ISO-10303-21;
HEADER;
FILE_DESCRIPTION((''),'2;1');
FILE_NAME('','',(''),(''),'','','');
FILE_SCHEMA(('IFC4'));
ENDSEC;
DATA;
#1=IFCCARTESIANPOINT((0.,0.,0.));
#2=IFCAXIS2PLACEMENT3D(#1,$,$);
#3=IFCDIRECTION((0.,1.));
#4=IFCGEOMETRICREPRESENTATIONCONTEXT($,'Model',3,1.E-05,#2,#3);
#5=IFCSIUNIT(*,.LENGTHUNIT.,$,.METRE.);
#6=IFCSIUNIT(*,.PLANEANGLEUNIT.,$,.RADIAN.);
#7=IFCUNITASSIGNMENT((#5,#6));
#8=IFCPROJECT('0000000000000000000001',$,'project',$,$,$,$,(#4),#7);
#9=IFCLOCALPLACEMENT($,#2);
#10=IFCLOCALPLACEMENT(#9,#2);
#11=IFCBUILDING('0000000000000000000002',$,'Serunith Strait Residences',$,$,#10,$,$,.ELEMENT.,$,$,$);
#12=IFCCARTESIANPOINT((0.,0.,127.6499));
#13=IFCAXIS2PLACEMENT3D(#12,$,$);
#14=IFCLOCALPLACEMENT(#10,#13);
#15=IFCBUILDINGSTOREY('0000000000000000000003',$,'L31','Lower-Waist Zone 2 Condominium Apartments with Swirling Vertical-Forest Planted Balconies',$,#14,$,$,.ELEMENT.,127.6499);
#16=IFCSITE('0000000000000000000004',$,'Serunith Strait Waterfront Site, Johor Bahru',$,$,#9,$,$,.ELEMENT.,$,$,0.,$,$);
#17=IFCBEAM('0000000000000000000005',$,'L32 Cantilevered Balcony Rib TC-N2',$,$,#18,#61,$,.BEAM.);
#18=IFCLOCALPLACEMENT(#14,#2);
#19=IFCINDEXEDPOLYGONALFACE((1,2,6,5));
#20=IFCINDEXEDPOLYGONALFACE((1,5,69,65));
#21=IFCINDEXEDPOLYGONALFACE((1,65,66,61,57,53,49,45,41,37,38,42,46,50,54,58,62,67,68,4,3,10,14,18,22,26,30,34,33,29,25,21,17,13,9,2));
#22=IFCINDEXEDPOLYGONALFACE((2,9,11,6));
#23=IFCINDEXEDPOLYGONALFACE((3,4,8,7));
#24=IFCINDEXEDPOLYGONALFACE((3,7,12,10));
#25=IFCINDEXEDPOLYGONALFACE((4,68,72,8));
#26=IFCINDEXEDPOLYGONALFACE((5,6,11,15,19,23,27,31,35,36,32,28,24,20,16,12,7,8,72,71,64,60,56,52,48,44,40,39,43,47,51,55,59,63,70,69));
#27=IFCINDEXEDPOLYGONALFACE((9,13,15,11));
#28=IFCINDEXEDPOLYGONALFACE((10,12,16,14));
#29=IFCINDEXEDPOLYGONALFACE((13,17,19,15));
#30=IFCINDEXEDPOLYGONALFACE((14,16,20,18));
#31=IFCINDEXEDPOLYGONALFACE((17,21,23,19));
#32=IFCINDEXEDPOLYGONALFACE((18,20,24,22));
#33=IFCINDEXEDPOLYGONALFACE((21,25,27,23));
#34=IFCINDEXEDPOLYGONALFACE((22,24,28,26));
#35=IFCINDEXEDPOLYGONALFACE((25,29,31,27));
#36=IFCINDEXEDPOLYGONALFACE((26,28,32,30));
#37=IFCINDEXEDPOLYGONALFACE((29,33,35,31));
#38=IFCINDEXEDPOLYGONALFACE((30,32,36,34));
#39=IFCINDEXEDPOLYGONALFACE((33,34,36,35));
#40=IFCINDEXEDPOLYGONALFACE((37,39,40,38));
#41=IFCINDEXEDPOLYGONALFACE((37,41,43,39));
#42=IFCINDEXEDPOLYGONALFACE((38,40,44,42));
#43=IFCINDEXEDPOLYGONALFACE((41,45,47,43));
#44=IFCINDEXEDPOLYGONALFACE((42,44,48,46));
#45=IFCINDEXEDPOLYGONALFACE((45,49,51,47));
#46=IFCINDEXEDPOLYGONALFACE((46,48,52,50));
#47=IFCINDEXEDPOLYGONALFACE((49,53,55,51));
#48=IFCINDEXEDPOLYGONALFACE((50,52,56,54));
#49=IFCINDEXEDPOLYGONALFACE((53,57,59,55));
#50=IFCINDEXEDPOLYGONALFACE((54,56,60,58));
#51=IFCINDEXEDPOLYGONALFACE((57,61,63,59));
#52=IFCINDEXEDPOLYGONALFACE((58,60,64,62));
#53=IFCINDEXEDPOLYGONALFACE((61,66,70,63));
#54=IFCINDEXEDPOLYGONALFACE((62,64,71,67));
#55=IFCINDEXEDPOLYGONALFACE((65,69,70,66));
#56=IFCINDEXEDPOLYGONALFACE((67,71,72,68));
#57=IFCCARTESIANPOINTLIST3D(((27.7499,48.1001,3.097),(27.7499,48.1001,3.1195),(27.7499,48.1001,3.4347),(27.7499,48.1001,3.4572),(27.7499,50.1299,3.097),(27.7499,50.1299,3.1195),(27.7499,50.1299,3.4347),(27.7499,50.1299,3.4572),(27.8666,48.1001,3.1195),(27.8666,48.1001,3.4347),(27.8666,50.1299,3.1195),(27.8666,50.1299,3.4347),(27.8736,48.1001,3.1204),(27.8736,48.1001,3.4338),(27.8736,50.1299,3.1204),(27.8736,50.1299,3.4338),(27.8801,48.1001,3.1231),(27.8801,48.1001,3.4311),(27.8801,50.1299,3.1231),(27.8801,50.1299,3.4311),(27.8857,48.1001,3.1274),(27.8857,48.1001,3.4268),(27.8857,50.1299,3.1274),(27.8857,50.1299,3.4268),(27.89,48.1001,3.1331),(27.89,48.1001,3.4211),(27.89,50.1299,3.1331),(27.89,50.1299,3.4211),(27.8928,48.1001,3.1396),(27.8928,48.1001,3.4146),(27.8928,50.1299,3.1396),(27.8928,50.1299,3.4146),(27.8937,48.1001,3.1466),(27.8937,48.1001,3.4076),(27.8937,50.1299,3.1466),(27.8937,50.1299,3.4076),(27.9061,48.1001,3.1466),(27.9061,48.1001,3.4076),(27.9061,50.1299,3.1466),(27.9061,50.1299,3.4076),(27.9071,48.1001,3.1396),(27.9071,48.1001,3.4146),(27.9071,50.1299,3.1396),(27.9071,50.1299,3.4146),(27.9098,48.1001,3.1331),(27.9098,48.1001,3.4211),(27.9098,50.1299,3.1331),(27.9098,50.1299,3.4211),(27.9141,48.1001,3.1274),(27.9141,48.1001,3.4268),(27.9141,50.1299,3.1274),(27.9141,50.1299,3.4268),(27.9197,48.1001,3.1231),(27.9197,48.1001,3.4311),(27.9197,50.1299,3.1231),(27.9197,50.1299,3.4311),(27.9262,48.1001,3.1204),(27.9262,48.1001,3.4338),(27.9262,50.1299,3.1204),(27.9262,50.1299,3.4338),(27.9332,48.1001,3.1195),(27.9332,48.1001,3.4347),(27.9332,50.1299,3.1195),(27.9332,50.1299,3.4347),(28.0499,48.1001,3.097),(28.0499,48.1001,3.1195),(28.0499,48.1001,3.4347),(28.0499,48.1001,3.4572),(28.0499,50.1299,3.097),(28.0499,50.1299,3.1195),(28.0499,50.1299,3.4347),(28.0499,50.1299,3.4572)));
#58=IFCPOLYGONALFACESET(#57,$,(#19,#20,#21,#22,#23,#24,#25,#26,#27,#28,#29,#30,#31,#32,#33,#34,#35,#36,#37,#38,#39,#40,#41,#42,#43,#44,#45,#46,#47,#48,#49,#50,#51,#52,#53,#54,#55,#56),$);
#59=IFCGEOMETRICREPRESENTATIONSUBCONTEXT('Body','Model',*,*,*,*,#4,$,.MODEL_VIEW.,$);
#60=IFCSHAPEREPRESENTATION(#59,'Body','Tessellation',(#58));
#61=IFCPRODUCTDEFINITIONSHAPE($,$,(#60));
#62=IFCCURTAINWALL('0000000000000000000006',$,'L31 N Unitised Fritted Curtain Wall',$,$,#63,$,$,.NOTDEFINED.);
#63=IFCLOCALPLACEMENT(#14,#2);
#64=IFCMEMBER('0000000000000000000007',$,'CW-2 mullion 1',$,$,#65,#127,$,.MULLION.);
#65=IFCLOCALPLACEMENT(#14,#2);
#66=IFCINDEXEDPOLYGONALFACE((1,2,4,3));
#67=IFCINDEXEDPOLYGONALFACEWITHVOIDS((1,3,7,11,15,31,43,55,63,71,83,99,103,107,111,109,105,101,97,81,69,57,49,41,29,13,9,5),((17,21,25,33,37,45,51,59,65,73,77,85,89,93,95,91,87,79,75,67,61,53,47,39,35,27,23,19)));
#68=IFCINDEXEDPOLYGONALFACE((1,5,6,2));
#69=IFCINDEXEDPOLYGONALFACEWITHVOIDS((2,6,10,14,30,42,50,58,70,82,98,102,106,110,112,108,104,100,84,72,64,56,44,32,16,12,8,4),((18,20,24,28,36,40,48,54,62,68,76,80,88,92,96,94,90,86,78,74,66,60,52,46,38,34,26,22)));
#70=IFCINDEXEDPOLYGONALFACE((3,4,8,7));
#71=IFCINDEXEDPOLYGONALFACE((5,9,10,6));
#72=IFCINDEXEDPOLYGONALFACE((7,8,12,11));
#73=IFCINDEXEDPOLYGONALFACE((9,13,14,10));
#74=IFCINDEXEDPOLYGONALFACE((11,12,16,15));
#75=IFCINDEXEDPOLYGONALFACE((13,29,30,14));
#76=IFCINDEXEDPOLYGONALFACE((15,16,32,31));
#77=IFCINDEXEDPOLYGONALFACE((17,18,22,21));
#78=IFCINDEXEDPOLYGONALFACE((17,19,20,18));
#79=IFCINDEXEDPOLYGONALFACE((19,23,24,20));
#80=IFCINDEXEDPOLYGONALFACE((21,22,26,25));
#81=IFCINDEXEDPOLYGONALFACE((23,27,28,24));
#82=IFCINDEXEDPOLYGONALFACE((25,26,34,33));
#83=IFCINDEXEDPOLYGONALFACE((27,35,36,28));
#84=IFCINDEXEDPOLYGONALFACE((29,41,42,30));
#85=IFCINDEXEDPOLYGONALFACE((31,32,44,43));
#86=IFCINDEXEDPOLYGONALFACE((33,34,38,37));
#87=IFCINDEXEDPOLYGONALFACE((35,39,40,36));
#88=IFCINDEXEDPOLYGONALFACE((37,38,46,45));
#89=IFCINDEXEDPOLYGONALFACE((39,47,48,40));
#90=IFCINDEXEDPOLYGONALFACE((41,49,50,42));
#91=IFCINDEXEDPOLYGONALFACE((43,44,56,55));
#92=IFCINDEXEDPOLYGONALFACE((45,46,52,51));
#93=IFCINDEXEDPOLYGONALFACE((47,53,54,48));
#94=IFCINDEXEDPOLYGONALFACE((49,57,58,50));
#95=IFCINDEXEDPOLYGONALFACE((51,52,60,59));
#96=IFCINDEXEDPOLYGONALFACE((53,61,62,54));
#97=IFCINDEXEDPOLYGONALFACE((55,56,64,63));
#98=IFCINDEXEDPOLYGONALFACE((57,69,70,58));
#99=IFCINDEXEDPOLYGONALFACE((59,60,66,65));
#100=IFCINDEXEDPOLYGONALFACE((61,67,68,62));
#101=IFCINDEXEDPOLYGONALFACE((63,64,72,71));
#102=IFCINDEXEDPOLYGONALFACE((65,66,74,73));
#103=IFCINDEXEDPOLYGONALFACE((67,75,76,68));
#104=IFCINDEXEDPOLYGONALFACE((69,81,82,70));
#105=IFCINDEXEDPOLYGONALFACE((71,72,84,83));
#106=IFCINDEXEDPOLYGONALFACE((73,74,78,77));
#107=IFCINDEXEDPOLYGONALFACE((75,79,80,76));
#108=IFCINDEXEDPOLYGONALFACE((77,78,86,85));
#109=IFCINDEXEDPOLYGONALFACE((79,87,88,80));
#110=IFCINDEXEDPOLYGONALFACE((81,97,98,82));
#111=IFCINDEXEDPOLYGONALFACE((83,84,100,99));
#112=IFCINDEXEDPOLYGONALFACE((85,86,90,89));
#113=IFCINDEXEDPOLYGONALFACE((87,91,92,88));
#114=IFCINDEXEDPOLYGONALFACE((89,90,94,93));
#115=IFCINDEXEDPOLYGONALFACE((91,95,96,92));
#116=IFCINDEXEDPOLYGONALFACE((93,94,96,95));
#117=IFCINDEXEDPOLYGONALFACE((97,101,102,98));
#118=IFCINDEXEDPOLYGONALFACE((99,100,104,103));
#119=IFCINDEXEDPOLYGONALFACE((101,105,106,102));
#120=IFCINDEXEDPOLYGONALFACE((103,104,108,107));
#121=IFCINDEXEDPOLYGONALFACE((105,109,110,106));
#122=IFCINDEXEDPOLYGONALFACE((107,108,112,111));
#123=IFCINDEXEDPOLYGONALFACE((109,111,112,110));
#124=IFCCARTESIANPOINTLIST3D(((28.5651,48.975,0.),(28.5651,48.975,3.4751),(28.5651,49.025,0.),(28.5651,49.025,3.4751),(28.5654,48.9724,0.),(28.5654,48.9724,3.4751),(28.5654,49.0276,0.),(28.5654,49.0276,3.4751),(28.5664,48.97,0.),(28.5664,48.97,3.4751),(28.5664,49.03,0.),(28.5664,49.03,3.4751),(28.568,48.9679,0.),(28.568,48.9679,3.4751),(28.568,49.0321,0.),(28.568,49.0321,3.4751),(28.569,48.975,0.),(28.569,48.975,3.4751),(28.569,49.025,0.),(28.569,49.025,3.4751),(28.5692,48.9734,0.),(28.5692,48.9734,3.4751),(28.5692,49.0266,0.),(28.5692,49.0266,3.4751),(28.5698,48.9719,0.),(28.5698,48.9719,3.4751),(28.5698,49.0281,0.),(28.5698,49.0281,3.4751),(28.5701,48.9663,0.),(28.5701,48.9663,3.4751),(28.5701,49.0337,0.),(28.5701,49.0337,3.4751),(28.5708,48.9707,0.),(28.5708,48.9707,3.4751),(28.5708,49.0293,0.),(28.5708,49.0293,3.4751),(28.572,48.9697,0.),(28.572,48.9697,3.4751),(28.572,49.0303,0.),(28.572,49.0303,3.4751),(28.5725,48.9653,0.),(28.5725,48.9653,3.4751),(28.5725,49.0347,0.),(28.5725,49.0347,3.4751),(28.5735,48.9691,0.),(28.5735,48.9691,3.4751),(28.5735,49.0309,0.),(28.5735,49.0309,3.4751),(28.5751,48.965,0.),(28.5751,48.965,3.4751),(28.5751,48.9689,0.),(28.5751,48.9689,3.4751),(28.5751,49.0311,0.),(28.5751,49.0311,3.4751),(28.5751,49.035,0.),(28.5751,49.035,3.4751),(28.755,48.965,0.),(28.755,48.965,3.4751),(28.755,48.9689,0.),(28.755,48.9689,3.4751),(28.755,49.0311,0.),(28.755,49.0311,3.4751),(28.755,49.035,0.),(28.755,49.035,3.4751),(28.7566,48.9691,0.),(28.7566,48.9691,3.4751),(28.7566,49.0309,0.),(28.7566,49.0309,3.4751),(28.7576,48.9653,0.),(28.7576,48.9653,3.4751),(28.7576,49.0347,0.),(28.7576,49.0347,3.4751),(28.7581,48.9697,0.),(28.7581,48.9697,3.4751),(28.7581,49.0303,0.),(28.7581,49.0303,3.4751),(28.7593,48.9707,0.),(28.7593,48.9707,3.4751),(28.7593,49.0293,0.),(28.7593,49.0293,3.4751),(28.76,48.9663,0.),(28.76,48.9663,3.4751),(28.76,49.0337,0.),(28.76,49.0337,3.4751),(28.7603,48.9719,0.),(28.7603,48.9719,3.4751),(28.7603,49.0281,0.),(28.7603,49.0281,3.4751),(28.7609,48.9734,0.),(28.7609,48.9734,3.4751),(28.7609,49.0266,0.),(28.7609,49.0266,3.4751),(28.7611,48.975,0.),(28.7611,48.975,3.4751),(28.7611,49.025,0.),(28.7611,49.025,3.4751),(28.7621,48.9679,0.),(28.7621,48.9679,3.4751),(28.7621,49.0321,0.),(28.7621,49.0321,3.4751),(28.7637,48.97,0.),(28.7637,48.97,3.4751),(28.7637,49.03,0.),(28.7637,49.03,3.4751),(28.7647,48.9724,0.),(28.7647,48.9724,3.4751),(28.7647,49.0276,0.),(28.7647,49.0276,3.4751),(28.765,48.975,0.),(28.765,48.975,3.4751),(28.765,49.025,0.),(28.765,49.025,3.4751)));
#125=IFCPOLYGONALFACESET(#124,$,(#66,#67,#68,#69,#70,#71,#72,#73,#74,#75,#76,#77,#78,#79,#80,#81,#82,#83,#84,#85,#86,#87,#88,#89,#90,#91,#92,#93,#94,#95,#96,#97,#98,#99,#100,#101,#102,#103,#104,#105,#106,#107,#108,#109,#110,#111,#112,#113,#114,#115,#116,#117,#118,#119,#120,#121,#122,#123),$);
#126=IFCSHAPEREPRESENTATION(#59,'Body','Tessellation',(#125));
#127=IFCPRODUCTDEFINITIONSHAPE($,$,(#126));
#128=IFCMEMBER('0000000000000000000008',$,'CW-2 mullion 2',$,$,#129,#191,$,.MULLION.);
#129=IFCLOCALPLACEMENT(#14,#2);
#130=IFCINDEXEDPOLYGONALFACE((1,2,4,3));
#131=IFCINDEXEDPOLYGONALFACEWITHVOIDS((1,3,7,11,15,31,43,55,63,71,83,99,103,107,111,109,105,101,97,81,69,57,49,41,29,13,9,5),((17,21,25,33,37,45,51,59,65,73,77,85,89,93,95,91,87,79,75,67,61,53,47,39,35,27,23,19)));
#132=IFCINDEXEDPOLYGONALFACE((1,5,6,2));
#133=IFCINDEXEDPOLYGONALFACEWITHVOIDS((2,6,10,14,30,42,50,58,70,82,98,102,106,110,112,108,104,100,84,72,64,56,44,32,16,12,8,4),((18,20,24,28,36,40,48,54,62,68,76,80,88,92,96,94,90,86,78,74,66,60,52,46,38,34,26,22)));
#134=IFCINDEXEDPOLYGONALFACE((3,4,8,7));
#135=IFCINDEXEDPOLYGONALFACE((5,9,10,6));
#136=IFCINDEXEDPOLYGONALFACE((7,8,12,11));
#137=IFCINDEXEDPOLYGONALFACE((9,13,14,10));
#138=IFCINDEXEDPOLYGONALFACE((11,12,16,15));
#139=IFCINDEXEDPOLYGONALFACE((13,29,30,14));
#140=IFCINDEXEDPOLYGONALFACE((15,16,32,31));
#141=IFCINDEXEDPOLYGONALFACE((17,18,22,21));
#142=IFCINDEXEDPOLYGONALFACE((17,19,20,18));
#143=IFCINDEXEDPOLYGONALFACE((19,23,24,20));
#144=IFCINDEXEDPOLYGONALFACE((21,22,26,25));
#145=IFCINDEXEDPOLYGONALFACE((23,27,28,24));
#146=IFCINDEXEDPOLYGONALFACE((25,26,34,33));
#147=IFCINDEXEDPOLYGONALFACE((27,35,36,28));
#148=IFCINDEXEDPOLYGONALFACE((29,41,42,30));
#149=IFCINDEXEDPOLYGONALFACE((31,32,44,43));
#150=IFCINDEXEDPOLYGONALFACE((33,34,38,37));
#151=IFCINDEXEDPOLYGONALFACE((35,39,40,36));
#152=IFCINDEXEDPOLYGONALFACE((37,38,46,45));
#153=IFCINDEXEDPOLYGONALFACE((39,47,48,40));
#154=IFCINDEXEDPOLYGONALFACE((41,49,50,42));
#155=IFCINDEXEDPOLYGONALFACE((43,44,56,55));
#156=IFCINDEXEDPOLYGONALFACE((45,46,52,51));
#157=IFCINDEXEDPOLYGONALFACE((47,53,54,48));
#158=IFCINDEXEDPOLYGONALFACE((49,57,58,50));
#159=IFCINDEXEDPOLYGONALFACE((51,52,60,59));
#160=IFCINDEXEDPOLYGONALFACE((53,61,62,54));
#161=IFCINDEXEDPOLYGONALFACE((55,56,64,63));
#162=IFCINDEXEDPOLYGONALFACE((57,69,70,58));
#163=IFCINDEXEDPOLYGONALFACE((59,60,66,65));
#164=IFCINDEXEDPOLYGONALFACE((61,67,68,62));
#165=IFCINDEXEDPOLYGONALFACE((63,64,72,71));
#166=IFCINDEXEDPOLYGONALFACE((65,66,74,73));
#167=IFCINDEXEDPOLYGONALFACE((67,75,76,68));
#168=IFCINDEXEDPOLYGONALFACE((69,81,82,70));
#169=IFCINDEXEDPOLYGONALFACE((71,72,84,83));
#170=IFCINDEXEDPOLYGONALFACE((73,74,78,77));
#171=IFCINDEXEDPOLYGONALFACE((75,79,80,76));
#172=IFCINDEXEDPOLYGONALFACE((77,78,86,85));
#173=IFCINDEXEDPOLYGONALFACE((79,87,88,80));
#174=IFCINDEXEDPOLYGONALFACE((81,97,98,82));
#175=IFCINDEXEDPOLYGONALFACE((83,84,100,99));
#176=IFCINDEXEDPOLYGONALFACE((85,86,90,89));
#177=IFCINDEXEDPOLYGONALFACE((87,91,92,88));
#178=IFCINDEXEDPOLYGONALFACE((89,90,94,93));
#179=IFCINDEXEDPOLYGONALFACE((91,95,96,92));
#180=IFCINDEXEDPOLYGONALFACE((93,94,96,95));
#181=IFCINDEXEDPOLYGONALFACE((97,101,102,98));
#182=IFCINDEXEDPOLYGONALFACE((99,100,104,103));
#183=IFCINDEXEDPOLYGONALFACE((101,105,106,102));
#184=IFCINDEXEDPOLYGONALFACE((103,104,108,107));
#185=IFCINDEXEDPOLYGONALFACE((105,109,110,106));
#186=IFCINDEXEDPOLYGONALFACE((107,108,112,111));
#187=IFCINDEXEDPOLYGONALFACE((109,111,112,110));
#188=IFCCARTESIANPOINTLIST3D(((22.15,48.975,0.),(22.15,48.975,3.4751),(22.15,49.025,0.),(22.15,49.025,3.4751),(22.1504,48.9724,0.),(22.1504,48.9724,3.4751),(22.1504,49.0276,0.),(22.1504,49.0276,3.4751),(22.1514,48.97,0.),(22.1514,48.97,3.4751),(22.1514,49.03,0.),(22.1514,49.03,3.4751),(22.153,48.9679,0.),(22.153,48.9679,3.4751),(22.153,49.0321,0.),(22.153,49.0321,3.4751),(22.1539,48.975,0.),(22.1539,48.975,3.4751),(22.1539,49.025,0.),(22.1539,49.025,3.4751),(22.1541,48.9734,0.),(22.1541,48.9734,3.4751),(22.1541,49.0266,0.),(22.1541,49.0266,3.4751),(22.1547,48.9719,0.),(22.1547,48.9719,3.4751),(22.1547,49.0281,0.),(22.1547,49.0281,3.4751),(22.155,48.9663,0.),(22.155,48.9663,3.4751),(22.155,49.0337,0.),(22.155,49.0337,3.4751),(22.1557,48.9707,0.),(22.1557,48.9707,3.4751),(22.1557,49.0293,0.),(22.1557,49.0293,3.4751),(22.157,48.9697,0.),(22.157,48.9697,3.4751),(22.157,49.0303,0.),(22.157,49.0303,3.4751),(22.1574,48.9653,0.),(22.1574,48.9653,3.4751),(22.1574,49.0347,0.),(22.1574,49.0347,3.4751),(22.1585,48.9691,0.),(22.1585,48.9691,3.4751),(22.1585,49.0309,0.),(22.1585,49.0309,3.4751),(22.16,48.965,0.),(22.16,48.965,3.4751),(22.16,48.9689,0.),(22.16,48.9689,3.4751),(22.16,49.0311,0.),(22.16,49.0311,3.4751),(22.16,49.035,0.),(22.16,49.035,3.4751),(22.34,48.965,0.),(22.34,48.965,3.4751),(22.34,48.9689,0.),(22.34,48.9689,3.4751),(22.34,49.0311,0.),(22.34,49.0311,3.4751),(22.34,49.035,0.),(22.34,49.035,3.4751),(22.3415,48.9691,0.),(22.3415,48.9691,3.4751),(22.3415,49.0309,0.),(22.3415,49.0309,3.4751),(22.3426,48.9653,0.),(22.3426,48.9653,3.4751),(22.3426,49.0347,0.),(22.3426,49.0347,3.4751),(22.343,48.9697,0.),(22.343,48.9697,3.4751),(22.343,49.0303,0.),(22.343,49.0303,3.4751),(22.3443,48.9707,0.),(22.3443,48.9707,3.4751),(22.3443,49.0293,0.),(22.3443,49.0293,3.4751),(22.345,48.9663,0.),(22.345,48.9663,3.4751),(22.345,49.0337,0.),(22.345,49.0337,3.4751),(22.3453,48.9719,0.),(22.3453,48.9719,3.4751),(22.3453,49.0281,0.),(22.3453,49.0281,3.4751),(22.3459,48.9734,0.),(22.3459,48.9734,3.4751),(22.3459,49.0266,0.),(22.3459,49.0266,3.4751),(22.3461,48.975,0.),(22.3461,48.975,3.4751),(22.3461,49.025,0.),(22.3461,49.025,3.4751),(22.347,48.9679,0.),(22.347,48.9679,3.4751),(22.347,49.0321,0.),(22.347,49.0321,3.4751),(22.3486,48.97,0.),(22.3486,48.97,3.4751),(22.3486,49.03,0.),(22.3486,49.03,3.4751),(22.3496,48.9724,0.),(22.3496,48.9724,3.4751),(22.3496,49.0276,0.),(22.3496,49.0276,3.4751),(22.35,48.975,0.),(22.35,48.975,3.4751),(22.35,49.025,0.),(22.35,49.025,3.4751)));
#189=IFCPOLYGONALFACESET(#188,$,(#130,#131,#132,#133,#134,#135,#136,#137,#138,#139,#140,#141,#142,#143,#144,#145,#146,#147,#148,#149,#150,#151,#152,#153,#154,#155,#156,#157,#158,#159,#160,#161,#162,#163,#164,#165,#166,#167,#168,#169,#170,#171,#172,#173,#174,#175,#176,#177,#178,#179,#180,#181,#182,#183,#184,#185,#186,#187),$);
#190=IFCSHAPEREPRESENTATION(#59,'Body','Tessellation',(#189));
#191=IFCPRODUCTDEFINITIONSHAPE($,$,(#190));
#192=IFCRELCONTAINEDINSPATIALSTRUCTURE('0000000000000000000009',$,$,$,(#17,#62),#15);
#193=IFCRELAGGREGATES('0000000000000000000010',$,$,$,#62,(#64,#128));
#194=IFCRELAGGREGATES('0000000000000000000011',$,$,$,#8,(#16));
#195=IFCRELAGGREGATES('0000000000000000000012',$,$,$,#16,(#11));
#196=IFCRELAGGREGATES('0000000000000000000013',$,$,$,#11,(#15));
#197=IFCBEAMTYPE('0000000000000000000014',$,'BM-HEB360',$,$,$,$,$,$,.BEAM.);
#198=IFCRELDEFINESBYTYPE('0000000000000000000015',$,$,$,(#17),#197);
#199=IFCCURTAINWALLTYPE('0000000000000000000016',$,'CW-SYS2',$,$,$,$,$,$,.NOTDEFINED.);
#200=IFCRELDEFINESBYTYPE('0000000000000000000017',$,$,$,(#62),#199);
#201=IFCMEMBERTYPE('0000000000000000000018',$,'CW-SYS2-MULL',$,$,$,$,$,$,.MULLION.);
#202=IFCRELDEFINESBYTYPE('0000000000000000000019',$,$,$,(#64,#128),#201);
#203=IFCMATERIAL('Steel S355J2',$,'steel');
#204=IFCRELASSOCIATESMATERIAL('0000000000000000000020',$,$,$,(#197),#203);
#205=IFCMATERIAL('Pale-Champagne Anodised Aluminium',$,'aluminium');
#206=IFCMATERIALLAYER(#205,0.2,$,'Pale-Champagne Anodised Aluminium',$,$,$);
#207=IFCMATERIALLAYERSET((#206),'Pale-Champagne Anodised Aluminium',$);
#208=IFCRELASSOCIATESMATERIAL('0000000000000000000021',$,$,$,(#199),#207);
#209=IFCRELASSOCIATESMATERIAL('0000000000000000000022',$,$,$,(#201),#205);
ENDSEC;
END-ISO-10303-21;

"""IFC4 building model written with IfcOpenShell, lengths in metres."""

from ifc_helpers import new_model, si_unit, direction, frame, origin, origin_2d, place, context, subcontext, project, spatial, hollow_rectangle, i_section, extrude, source, transform, mapped, material, layer, layer_set, material_profile, profile_set, type_object, element, aggregate, save


model = new_model("IFC4")

# Units and contexts
model_context = context("Model", 3, precision=1e-05, world=origin(), true_north=direction((0.0, 1.0)))
body_context = subcontext(model_context, "Body", "Model", "MODEL_VIEW")
ifc_project = project(units=[si_unit("LENGTHUNIT", "METRE"), si_unit("PLANEANGLEUNIT", "RADIAN")], contexts=[model_context])

# Site, building, storey
site_placement = place(None, origin())
site = spatial("IfcSite", under=ifc_project, at=site_placement, Name="Serunith Strait Waterfront Site, Johor Bahru", CompositionType="ELEMENT", RefElevation=0.0)
building_placement = place(site_placement, origin())
building = spatial("IfcBuilding", under=site, at=building_placement, Name="Serunith Strait Residences", CompositionType="ELEMENT")
storey_placement = place(building_placement, frame((0.0, 0.0, 127.6499)))
storey = spatial("IfcBuildingStorey", under=building, at=storey_placement, Name="L31", Description="Lower-Waist Zone 2 Condominium Apartments with Swirling Vertical-Forest Planted Balconies", CompositionType="ELEMENT", Elevation=127.6499)

# Beam
ifc_material_1 = material(Name="Steel S355J2", Category="steel")
ifc_material_profile_1 = material_profile(ifc_material_1, i_section(OverallWidth=0.3, OverallDepth=0.3601, WebThickness=0.0125, FlangeThickness=0.0225, FilletRadius=0.0271, at=origin_2d()), Name="HEB 360")
ifc_profile_set_1 = profile_set([ifc_material_profile_1], Name="Steel S355J2")
beam_type_1 = type_object("IfcBeamType", Name="BM-HEB360", PredefinedType="BEAM", material=ifc_profile_set_1)
shared_shape_1 = source(origin(), body_context, "Body", "SweptSolid", [
    extrude(i_section(OverallWidth=0.3, OverallDepth=0.3601, WebThickness=0.0125, FlangeThickness=0.0225, FilletRadius=0.0271, at=origin_2d()), origin(), (0.0, 0.0, 1.0), 2.0298),
])
beam_1_placement = place(storey_placement, frame((27.8999, 48.1001, 3.2771), z_axis=(0.0, 1.0, 0.0), x_axis=(-1.0, 0.0, 0.0)))
element("IfcBeam", 1, at=beam_1_placement, inside=storey, type_object=beam_type_1, Name="L32 Cantilevered Balcony Rib TC-N2", PredefinedType="BEAM", context=body_context, shape_type="MappedRepresentation", body=[
    mapped(shared_shape_1, transform((0.0, 0.0, 0.0), scale=1.0)),
])

# Curtain wall, members
ifc_material_2 = material(Name="Pale-Champagne Anodised Aluminium", Category="aluminium")
ifc_layer_1 = layer(ifc_material_2, 0.2, Name="Pale-Champagne Anodised Aluminium")
ifc_layer_set_1 = layer_set([ifc_layer_1], Name="Pale-Champagne Anodised Aluminium")
curtain_wall_type = type_object("IfcCurtainWallType", Name="CW-SYS2", PredefinedType="NOTDEFINED", material=ifc_layer_set_1)
curtain_wall_placement = place(storey_placement, origin())
curtain_wall = element("IfcCurtainWall", 2, at=curtain_wall_placement, inside=storey, type_object=curtain_wall_type, Name="L31 N Unitised Fritted Curtain Wall", PredefinedType="NOTDEFINED")
ifc_material_profile_2 = material_profile(ifc_material_2, hollow_rectangle(XDim=0.0701, YDim=0.2, WallThickness=0.0039, InnerFilletRadius=0.0061, OuterFilletRadius=0.01, at=origin_2d()), Name="ALU 200x70x4")
ifc_profile_set_2 = profile_set([ifc_material_profile_2], Name="Pale-Champagne Anodised Aluminium")
member_type_1 = type_object("IfcMemberType", Name="CW-SYS2-MULL", PredefinedType="MULLION", material=ifc_profile_set_2)
shared_shape_2 = source(origin(), body_context, "Body", "SweptSolid", [
    extrude(hollow_rectangle(XDim=0.0701, YDim=0.2, WallThickness=0.0039, InnerFilletRadius=0.0061, OuterFilletRadius=0.01, at=origin_2d()), origin(), (0.0, 0.0, 1.0), 3.4751),
])
member_1_placement = place(storey_placement, frame((28.665, 49.0, 0.0), z_axis=(0.0, 0.0, 1.0), x_axis=(0.0, -1.0, 0.0)))
member_1 = element("IfcMember", 3, at=member_1_placement, type_object=member_type_1, Name="CW-2 mullion 1", PredefinedType="MULLION", context=body_context, shape_type="MappedRepresentation", body=[
    mapped(shared_shape_2, transform((0.0, 0.0, 0.0), scale=1.0)),
])
member_2_placement = place(storey_placement, frame((22.25, 49.0, 0.0), z_axis=(0.0, 0.0, 1.0), x_axis=(0.0, -1.0, 0.0)))
member_2 = element("IfcMember", 4, at=member_2_placement, type_object=member_type_1, Name="CW-2 mullion 2", PredefinedType="MULLION", context=body_context, shape_type="MappedRepresentation", body=[
    mapped(shared_shape_2, transform((0.0, 0.0, 0.0), scale=1.0)),
])
aggregate(curtain_wall, [member_1, member_2])

save(model, "model.ifc")
